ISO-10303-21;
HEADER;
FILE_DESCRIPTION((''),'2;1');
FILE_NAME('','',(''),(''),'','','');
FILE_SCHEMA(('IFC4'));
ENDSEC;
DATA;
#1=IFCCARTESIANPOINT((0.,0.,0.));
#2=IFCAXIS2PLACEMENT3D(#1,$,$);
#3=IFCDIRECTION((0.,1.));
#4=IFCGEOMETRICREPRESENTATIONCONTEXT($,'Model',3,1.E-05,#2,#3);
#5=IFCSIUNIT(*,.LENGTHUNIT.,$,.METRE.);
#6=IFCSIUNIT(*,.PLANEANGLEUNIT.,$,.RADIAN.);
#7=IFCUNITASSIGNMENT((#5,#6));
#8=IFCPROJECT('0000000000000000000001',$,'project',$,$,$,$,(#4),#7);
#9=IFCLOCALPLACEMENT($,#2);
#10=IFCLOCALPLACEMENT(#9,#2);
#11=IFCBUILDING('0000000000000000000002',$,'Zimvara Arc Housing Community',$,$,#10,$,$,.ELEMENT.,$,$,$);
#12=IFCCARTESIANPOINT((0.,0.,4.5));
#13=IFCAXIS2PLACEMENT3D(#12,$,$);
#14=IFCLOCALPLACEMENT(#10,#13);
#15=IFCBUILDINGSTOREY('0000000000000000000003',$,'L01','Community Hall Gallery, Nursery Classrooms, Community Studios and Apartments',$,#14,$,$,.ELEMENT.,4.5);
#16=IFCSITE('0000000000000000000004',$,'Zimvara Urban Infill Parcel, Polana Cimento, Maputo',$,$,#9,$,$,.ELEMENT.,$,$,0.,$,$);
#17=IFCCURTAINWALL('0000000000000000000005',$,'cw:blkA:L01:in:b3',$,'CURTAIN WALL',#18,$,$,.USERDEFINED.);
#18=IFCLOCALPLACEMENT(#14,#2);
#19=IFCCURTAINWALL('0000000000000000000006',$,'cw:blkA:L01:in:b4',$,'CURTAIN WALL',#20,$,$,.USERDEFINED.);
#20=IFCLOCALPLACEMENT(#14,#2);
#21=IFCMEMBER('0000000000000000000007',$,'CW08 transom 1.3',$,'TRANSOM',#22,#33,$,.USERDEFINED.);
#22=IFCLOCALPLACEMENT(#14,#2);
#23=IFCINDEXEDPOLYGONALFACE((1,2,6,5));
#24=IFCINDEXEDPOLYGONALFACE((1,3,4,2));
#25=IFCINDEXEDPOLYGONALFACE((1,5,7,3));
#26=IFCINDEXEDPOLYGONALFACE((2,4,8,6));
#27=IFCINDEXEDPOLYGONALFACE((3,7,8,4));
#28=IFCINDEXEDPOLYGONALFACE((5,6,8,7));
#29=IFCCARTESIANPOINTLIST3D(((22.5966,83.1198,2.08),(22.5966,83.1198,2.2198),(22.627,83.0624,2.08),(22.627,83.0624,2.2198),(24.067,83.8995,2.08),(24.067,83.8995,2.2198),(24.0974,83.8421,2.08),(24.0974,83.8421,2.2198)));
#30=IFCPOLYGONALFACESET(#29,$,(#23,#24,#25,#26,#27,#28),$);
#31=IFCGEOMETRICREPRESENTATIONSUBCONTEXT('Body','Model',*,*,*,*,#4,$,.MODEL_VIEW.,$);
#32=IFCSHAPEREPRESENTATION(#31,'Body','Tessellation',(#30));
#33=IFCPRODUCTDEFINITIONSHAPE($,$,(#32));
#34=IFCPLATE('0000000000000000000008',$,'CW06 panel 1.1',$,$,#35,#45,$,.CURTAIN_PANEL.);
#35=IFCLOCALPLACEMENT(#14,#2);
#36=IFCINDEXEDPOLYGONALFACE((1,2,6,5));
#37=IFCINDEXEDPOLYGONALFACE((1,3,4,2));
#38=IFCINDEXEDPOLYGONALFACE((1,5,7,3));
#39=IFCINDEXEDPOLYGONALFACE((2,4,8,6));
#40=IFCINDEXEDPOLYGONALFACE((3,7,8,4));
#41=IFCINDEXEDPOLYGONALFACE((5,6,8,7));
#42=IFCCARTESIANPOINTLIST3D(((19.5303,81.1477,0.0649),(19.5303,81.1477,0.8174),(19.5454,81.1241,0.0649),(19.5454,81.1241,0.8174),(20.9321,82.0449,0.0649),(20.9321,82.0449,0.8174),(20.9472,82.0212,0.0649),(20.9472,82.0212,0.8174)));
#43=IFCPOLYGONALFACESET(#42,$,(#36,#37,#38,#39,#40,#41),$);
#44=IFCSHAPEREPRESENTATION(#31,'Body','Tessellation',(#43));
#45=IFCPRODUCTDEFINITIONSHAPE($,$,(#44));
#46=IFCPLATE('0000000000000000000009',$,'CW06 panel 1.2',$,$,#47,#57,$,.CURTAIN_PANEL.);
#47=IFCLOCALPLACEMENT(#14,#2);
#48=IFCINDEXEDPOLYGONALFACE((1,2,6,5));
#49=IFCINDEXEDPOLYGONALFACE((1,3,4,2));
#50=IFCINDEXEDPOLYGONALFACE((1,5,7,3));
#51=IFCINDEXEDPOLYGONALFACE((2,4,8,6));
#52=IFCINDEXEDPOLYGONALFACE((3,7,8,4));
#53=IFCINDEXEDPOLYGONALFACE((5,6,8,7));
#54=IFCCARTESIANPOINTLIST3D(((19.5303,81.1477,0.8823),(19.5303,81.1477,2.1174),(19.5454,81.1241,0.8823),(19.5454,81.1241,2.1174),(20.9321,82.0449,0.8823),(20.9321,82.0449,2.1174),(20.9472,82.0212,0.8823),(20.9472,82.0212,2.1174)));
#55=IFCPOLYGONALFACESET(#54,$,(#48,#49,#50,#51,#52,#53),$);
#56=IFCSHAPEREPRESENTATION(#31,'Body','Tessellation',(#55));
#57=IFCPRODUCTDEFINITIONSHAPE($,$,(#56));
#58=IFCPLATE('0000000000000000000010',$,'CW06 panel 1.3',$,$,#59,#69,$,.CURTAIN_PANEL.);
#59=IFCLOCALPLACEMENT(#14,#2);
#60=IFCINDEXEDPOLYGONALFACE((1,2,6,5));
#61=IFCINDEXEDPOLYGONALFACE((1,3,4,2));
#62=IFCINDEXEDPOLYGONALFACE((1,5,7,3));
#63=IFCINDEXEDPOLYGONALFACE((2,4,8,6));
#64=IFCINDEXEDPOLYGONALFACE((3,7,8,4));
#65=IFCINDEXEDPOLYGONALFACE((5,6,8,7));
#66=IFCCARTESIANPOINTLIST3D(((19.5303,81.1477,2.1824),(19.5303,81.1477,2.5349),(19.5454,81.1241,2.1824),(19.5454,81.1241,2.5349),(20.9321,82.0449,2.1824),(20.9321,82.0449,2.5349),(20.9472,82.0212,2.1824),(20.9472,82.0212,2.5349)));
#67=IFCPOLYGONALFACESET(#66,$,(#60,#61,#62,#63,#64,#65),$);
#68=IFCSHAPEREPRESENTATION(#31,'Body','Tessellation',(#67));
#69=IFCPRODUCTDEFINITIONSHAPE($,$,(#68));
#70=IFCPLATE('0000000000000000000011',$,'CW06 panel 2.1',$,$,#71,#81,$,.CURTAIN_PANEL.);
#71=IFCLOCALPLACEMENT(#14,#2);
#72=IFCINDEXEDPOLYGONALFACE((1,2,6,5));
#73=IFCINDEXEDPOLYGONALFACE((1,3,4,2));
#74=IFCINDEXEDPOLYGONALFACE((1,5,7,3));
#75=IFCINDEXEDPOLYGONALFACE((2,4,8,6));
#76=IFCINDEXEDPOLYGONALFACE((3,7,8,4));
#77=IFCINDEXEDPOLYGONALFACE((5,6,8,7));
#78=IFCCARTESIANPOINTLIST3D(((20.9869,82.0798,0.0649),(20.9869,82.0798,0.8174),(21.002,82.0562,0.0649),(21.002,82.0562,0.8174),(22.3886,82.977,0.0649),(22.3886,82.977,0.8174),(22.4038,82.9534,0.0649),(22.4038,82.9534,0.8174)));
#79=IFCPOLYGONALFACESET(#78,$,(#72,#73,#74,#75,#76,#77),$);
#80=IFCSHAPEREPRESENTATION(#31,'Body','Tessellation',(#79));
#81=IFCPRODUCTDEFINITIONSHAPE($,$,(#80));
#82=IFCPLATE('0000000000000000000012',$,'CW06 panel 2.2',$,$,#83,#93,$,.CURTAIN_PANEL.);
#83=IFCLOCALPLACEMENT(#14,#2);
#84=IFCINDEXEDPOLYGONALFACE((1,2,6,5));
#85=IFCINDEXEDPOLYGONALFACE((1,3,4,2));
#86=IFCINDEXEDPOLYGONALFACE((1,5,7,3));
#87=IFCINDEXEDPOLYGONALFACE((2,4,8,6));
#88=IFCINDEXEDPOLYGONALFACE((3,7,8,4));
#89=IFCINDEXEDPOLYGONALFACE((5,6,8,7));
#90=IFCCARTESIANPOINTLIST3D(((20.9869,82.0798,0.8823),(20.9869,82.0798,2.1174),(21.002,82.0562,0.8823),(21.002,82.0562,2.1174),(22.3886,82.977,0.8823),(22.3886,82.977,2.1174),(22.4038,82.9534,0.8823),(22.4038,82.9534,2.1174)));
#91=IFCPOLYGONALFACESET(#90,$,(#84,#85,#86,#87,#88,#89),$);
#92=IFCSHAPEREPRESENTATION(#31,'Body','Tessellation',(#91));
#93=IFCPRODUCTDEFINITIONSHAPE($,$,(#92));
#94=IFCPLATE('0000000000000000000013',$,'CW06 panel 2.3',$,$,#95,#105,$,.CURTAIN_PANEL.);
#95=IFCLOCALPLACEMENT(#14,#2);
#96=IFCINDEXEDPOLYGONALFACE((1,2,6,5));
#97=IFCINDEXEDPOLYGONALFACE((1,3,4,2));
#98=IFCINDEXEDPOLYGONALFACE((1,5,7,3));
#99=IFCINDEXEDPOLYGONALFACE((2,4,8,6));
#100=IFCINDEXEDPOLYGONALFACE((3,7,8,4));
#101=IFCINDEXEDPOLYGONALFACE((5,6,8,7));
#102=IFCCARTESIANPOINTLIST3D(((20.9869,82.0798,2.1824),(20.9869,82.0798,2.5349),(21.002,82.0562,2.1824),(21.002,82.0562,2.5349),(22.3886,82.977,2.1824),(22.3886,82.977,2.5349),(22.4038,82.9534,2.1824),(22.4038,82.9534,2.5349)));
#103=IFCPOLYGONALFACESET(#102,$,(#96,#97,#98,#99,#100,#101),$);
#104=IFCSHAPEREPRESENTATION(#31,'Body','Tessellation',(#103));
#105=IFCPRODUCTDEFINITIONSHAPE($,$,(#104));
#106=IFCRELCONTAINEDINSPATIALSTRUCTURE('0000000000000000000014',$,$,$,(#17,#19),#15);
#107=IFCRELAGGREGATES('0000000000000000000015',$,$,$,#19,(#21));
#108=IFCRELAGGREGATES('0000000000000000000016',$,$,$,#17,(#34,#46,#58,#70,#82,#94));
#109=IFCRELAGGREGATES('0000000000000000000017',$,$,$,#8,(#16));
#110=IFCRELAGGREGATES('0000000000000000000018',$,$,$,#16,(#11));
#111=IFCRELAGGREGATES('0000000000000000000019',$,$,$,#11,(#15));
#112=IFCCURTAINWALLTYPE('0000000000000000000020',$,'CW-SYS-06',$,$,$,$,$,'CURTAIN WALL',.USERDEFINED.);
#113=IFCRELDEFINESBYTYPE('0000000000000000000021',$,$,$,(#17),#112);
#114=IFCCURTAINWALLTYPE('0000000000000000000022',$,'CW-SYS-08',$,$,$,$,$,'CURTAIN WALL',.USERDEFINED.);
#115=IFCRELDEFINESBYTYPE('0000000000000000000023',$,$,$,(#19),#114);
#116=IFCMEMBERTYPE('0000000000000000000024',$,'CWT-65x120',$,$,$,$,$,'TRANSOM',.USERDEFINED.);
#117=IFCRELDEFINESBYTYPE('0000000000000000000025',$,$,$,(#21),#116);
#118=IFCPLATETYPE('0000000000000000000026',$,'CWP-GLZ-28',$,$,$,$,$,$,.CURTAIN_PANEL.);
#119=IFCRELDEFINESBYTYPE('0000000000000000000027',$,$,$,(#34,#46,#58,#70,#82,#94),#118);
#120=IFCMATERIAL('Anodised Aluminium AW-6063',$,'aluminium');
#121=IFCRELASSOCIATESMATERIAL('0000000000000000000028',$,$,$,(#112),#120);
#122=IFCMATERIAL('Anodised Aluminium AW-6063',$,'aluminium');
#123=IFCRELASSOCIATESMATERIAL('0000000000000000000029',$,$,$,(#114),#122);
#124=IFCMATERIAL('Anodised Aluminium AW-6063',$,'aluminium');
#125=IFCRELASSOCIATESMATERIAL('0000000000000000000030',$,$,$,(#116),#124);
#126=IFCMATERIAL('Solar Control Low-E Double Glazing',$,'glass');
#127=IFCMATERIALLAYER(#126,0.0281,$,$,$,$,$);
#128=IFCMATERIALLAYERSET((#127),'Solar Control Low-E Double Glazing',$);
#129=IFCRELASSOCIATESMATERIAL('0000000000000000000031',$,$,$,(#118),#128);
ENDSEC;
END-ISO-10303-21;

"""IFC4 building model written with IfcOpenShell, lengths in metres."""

from ifc_helpers import new_model, si_unit, direction, frame, origin, origin_2d, place, context, subcontext, project, spatial, rectangle, extrude, material, layer, layer_set, material_profile, profile_set, type_object, element, aggregate, save


model = new_model("IFC4")

# Units and contexts
model_context = context("Model", 3, precision=1e-05, world=origin(), true_north=direction((0.0, 1.0)))
body_context = subcontext(model_context, "Body", "Model", "MODEL_VIEW")
ifc_project = project(units=[si_unit("LENGTHUNIT", "METRE"), si_unit("PLANEANGLEUNIT", "RADIAN")], contexts=[model_context])

# Site, building, storey
site_placement = place(None, origin())
site = spatial("IfcSite", under=ifc_project, at=site_placement, Name="Zimvara Urban Infill Parcel, Polana Cimento, Maputo", CompositionType="ELEMENT", RefElevation=0.0)
building_placement = place(site_placement, origin())
building = spatial("IfcBuilding", under=site, at=building_placement, Name="Zimvara Arc Housing Community", CompositionType="ELEMENT")
storey_placement = place(building_placement, frame((0.0, 0.0, 4.5)))
storey = spatial("IfcBuildingStorey", under=building, at=storey_placement, Name="L01", Description="Community Hall Gallery, Nursery Classrooms, Community Studios and Apartments", CompositionType="ELEMENT", Elevation=4.5)

# Curtain wall
ifc_material_1 = material(Name="Anodised Aluminium AW-6063", Category="aluminium")
curtain_wall_type_1 = type_object("IfcCurtainWallType", Name="CW-SYS-06", ElementType="CURTAIN WALL", PredefinedType="USERDEFINED", material=ifc_material_1)
curtain_wall_1_placement = place(storey_placement, origin())
curtain_wall_1 = element("IfcCurtainWall", 1, at=curtain_wall_1_placement, inside=storey, type_object=curtain_wall_type_1, Name="cw:blkA:L01:in:b3", ObjectType="CURTAIN WALL", PredefinedType="USERDEFINED")

# Curtain wall
ifc_material_2 = material(Name="Anodised Aluminium AW-6063", Category="aluminium")
curtain_wall_type_2 = type_object("IfcCurtainWallType", Name="CW-SYS-08", ElementType="CURTAIN WALL", PredefinedType="USERDEFINED", material=ifc_material_2)
curtain_wall_2_placement = place(storey_placement, origin())
curtain_wall_2 = element("IfcCurtainWall", 2, at=curtain_wall_2_placement, inside=storey, type_object=curtain_wall_type_2, Name="cw:blkA:L01:in:b4", ObjectType="CURTAIN WALL", PredefinedType="USERDEFINED")

# Member
ifc_material_3 = material(Name="Anodised Aluminium AW-6063", Category="aluminium")
ifc_material_profile_1 = material_profile(ifc_material_3, rectangle(XDim=0.0649, YDim=0.1399, at=origin_2d()), Name="ALU 65x140")
ifc_profile_set_1 = profile_set([ifc_material_profile_1], Name="Anodised Aluminium AW-6063")
member_type_1 = type_object("IfcMemberType", Name="CWT-65x120", ElementType="TRANSOM", PredefinedType="USERDEFINED", material=ifc_profile_set_1)
member_1_placement = place(storey_placement, frame((22.6118, 83.0911, 2.1499), z_axis=(0.883463, 0.468501, 0.0), x_axis=(-0.468501, 0.883463, 0.0)))
member_1 = element("IfcMember", 3, at=member_1_placement, type_object=member_type_1, Name="CW08 transom 1.3", ObjectType="TRANSOM", PredefinedType="USERDEFINED", context=body_context, shape_type="SweptSolid", body=[
    extrude(rectangle(XDim=0.0649, YDim=0.1399, at=origin_2d()), origin(), (0.0, 0.0, 1.0), 1.6643),
])
aggregate(curtain_wall_2, [member_1])

# Plates
ifc_material_4 = material(Name="Solar Control Low-E Double Glazing", Category="glass")
ifc_layer = layer(ifc_material_4, 0.0281)
ifc_layer_set = layer_set([ifc_layer], Name="Solar Control Low-E Double Glazing")
plate_type = type_object("IfcPlateType", Name="CWP-GLZ-28", PredefinedType="CURTAIN_PANEL", material=ifc_layer_set)
plate_1_placement = place(storey_placement, frame((20.2388, 81.5845, 0.0649), z_axis=(0.0, 0.0, 1.0), x_axis=(0.842265, 0.539064, 0.0)))
plate_1 = element("IfcPlate", 4, at=plate_1_placement, type_object=plate_type, Name="CW06 panel 1.1", PredefinedType="CURTAIN_PANEL", context=body_context, shape_type="SweptSolid", body=[
    extrude(rectangle(XDim=1.6643, YDim=0.0281, at=origin_2d()), origin(), (0.0, 0.0, 1.0), 0.7524),
])
plate_2_placement = place(storey_placement, frame((20.2388, 81.5845, 0.8823), z_axis=(0.0, 0.0, 1.0), x_axis=(0.842265, 0.539064, 0.0)))
plate_2 = element("IfcPlate", 5, at=plate_2_placement, type_object=plate_type, Name="CW06 panel 1.2", PredefinedType="CURTAIN_PANEL", context=body_context, shape_type="SweptSolid", body=[
    extrude(rectangle(XDim=1.6643, YDim=0.0281, at=origin_2d()), origin(), (0.0, 0.0, 1.0), 1.2351),
])
plate_3_placement = place(storey_placement, frame((20.2388, 81.5845, 2.1824), z_axis=(0.0, 0.0, 1.0), x_axis=(0.842265, 0.539064, 0.0)))
plate_3 = element("IfcPlate", 6, at=plate_3_placement, type_object=plate_type, Name="CW06 panel 1.3", PredefinedType="CURTAIN_PANEL", context=body_context, shape_type="SweptSolid", body=[
    extrude(rectangle(XDim=1.6643, YDim=0.0281, at=origin_2d()), origin(), (0.0, 0.0, 1.0), 0.3525),
])
plate_4_placement = place(storey_placement, frame((21.6953, 82.5166, 0.0649), z_axis=(0.0, 0.0, 1.0), x_axis=(0.842265, 0.539064, 0.0)))
plate_4 = element("IfcPlate", 7, at=plate_4_placement, type_object=plate_type, Name="CW06 panel 2.1", PredefinedType="CURTAIN_PANEL", context=body_context, shape_type="SweptSolid", body=[
    extrude(rectangle(XDim=1.6643, YDim=0.0281, at=origin_2d()), origin(), (0.0, 0.0, 1.0), 0.7524),
])
plate_5_placement = place(storey_placement, frame((21.6953, 82.5166, 0.8823), z_axis=(0.0, 0.0, 1.0), x_axis=(0.842265, 0.539064, 0.0)))
plate_5 = element("IfcPlate", 8, at=plate_5_placement, type_object=plate_type, Name="CW06 panel 2.2", PredefinedType="CURTAIN_PANEL", context=body_context, shape_type="SweptSolid", body=[
    extrude(rectangle(XDim=1.6643, YDim=0.0281, at=origin_2d()), origin(), (0.0, 0.0, 1.0), 1.2351),
])
plate_6_placement = place(storey_placement, frame((21.6953, 82.5166, 2.1824), z_axis=(0.0, 0.0, 1.0), x_axis=(0.842265, 0.539064, 0.0)))
plate_6 = element("IfcPlate", 9, at=plate_6_placement, type_object=plate_type, Name="CW06 panel 2.3", PredefinedType="CURTAIN_PANEL", context=body_context, shape_type="SweptSolid", body=[
    extrude(rectangle(XDim=1.6643, YDim=0.0281, at=origin_2d()), origin(), (0.0, 0.0, 1.0), 0.3525),
])
aggregate(curtain_wall_1, [plate_1, plate_2, plate_3, plate_4, plate_5, plate_6])

save(model, "model.ifc")
